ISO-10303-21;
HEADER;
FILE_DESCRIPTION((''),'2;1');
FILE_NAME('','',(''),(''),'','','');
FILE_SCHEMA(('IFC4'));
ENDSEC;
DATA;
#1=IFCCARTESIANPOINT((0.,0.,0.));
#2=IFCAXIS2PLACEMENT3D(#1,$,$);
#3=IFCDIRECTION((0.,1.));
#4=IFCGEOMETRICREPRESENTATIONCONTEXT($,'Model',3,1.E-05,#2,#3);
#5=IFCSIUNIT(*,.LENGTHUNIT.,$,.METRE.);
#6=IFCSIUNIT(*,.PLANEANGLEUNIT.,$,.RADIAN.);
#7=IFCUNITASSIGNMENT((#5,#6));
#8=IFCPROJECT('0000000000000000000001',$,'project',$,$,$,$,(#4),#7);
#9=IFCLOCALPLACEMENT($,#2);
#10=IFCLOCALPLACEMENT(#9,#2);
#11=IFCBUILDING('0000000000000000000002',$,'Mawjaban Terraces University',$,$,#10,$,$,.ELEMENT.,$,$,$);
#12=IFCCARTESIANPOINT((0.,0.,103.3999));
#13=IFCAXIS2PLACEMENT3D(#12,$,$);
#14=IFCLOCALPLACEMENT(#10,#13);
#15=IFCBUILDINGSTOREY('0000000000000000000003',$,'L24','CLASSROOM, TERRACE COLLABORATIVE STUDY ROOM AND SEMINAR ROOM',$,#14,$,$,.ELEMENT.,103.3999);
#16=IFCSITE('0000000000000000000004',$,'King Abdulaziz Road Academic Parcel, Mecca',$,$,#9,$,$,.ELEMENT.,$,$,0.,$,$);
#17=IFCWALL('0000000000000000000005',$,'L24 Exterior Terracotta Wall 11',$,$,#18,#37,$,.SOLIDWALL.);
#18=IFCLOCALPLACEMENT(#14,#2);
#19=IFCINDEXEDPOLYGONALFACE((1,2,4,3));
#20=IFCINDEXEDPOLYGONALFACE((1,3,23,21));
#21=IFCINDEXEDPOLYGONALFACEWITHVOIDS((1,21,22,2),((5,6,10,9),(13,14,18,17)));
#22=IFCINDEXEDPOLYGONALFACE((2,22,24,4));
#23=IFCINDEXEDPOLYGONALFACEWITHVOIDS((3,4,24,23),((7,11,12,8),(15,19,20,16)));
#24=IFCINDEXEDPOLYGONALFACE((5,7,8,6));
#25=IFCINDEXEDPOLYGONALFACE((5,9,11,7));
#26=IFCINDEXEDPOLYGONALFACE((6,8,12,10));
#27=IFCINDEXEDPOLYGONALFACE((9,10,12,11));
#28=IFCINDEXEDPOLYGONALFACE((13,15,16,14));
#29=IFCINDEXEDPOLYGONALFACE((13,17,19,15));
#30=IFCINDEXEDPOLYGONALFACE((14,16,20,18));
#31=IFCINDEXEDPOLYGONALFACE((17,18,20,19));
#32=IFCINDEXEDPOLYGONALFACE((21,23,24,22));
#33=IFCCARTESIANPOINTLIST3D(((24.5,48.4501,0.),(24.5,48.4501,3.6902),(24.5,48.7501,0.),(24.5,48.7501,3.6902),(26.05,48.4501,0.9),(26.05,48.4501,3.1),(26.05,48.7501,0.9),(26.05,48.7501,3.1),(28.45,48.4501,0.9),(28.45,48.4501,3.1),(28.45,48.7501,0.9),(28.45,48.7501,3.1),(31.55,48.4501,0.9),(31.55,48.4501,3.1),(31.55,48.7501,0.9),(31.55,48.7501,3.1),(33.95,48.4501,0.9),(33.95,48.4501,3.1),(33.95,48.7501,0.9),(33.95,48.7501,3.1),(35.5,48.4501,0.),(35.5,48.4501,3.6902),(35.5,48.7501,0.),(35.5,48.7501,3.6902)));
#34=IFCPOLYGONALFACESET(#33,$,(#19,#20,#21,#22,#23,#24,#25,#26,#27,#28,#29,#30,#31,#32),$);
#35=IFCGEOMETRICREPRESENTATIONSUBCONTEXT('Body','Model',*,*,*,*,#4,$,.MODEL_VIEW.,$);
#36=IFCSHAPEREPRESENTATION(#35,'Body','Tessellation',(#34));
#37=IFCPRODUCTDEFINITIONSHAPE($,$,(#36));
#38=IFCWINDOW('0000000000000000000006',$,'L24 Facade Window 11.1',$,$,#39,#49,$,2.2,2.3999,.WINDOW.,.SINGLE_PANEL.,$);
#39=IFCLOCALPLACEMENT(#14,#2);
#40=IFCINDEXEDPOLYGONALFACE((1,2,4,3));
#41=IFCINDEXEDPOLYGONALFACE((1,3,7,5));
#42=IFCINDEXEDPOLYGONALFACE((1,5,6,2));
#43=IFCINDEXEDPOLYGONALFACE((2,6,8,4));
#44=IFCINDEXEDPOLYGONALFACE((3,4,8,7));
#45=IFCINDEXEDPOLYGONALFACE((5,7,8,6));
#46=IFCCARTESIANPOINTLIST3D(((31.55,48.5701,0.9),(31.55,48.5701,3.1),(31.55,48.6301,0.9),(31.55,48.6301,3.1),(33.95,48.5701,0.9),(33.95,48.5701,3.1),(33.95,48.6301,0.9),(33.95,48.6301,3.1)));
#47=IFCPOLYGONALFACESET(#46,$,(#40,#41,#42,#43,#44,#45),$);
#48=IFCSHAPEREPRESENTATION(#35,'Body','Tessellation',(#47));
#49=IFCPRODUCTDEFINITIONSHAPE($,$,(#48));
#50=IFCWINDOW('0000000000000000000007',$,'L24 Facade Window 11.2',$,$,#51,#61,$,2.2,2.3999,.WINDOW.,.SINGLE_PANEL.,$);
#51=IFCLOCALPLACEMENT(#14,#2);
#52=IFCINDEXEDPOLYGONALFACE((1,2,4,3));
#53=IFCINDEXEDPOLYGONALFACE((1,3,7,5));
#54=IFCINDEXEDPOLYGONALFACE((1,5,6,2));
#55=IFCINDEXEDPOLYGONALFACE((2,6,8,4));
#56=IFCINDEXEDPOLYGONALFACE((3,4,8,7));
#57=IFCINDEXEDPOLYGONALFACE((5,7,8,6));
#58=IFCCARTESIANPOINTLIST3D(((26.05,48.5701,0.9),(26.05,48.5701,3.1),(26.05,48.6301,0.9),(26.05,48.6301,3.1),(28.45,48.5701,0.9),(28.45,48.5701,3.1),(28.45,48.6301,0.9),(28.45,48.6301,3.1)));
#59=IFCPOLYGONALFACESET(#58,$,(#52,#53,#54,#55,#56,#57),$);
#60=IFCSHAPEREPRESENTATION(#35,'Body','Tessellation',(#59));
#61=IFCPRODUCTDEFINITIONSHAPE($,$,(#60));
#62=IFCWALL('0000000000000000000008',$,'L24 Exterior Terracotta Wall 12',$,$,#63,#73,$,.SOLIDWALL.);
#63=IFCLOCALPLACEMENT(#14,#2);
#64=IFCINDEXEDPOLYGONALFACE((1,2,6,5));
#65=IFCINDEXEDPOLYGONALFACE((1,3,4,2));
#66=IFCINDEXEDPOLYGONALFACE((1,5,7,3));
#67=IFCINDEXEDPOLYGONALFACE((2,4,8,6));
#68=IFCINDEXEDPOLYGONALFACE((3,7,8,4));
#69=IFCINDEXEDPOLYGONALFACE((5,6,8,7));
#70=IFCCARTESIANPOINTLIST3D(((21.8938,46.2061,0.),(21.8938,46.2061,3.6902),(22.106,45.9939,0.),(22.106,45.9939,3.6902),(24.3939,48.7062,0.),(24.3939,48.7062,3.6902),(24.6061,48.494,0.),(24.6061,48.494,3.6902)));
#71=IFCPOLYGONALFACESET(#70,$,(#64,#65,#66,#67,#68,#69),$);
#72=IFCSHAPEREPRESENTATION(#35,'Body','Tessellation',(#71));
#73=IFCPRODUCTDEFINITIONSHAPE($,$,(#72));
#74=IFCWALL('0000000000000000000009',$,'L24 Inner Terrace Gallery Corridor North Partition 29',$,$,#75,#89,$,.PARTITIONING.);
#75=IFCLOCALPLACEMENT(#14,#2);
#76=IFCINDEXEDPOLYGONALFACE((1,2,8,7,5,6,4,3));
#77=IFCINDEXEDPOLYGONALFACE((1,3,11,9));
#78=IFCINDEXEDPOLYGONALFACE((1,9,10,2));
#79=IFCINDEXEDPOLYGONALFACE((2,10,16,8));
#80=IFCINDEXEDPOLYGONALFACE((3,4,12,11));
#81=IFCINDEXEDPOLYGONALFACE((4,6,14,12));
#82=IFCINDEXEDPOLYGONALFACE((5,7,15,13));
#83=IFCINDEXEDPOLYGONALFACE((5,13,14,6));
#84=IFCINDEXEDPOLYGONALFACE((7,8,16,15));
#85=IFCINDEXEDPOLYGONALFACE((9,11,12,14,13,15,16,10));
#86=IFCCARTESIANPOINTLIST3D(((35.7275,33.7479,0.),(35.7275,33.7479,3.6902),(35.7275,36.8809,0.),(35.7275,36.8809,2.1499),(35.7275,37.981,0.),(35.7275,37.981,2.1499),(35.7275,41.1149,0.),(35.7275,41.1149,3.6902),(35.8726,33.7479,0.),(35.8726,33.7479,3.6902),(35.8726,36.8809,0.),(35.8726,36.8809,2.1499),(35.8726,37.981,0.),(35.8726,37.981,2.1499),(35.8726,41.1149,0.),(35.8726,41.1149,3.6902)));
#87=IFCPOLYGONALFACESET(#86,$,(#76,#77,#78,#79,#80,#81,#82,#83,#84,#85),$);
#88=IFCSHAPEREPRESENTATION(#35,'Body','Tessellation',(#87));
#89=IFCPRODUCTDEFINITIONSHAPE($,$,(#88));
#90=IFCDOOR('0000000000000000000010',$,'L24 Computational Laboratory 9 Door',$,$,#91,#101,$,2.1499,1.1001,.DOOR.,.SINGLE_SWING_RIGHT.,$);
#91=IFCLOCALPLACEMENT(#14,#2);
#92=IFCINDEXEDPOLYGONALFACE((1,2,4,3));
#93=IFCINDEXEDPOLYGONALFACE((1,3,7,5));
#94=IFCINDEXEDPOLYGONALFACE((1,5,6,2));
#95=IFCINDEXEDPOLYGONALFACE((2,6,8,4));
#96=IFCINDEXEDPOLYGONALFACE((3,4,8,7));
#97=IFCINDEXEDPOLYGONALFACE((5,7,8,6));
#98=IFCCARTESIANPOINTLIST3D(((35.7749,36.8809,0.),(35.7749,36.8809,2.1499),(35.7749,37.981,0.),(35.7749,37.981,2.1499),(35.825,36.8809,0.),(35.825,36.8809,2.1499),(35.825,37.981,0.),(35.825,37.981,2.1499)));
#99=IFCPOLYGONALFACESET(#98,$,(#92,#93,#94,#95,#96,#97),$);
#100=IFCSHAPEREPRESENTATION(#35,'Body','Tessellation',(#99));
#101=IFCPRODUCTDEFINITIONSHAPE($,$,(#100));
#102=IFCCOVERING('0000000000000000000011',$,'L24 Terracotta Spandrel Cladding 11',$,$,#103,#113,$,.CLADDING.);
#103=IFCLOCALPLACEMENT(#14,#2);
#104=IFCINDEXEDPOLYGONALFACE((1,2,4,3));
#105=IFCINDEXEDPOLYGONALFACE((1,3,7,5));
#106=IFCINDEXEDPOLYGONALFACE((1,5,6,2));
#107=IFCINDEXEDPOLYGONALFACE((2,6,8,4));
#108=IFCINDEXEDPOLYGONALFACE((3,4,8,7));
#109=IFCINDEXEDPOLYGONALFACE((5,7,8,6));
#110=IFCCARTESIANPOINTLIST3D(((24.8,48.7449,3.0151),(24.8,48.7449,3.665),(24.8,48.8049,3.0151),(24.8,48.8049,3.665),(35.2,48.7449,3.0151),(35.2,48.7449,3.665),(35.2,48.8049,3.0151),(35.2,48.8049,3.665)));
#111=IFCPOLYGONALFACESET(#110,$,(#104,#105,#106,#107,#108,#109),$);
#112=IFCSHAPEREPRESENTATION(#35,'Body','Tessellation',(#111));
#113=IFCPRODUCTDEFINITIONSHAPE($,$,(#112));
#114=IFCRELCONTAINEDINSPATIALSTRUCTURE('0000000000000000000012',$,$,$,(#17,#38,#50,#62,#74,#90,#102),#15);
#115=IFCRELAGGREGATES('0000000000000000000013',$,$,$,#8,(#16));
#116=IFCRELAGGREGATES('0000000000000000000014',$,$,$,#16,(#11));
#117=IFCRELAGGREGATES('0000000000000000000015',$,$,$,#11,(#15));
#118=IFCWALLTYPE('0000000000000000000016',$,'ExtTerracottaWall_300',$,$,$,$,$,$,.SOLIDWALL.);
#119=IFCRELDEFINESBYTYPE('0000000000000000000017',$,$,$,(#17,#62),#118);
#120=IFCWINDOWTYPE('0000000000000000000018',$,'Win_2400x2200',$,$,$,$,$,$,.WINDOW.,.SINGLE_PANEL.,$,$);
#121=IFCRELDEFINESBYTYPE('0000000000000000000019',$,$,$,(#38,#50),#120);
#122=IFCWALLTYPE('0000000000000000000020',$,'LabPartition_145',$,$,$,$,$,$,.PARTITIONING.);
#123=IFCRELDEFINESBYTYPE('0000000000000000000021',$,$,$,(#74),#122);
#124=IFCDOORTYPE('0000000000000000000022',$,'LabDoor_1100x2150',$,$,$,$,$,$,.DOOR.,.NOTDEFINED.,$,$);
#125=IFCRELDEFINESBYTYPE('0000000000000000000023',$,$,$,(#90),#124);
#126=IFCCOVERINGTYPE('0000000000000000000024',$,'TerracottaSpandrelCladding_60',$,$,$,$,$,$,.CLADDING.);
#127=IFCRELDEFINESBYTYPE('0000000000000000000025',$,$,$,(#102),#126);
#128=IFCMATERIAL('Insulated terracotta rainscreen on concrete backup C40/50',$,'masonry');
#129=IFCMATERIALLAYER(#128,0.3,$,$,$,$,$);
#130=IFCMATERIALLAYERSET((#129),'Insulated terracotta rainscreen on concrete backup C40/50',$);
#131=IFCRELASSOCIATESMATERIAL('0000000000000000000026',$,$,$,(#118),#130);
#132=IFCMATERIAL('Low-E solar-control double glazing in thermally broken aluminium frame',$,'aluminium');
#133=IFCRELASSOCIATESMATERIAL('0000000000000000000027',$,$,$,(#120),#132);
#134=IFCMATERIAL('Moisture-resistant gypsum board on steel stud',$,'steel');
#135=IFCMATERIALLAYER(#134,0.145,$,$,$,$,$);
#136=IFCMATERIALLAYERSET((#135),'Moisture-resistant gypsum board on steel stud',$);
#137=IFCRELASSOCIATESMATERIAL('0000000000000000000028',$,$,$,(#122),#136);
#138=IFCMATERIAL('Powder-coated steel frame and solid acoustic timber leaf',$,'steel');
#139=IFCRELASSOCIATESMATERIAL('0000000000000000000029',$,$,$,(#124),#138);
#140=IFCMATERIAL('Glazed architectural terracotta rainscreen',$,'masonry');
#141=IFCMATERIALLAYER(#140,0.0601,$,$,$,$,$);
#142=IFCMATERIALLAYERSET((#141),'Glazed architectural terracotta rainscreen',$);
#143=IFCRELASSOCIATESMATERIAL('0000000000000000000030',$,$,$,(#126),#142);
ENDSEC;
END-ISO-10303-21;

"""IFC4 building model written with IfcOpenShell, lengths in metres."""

from ifc_helpers import new_model, si_unit, direction, frame, frame_2d, origin, origin_2d, place, context, subcontext, project, spatial, rectangle, extrude, material, layer, layer_set, type_object, element, fill, save


model = new_model("IFC4")

# Units and contexts
model_context = context("Model", 3, precision=1e-05, world=origin(), true_north=direction((0.0, 1.0)))
body_context = subcontext(model_context, "Body", "Model", "MODEL_VIEW")
ifc_project = project(units=[si_unit("LENGTHUNIT", "METRE"), si_unit("PLANEANGLEUNIT", "RADIAN")], contexts=[model_context])

# Site, building, storey
site_placement = place(None, origin())
site = spatial("IfcSite", under=ifc_project, at=site_placement, Name="King Abdulaziz Road Academic Parcel, Mecca", CompositionType="ELEMENT", RefElevation=0.0)
building_placement = place(site_placement, origin())
building = spatial("IfcBuilding", under=site, at=building_placement, Name="Mawjaban Terraces University", CompositionType="ELEMENT")
storey_placement = place(building_placement, frame((0.0, 0.0, 103.3999)))
storey = spatial("IfcBuildingStorey", under=building, at=storey_placement, Name="L24", Description="CLASSROOM, TERRACE COLLABORATIVE STUDY ROOM AND SEMINAR ROOM", CompositionType="ELEMENT", Elevation=103.3999)

# Shared definitions
ifc_material_1 = material(Name="Powder-coated steel frame and solid acoustic timber leaf", Category="steel")

# Wall, openings, windows
ifc_material_2 = material(Name="Insulated terracotta rainscreen on concrete backup C40/50", Category="masonry")
ifc_layer_1 = layer(ifc_material_2, 0.3)
ifc_layer_set_1 = layer_set([ifc_layer_1], Name="Insulated terracotta rainscreen on concrete backup C40/50")
wall_type_1 = type_object("IfcWallType", Name="ExtTerracottaWall_300", PredefinedType="SOLIDWALL", material=ifc_layer_set_1)
wall_1_placement = place(storey_placement, frame((35.5, 48.6001, 0.0), z_axis=(0.0, 0.0, 1.0), x_axis=(-1.0, 0.0, 0.0)))
wall_1 = element("IfcWall", 1, at=wall_1_placement, inside=storey, type_object=wall_type_1, Name="L24 Exterior Terracotta Wall 11", PredefinedType="SOLIDWALL", context=body_context, shape_type="SweptSolid", body=[
    extrude(rectangle(XDim=11.0, YDim=0.3, at=frame_2d((5.5, 0.0))), origin(), (0.0, 0.0, 1.0), 3.6902),
])
opening_1_placement = place(wall_1_placement, frame((1.55, 0.0, 0.8999)))
opening_1 = element("IfcOpeningElement", 2, at=opening_1_placement, cuts=wall_1, PredefinedType="OPENING", context=body_context, shape_type="SweptSolid", body=[
    extrude(rectangle(XDim=2.3999, YDim=2.2, at=frame_2d((1.2, 1.1001))), frame((0.0, 0.1599, 0.0), z_axis=(0.0, -1.0, 0.0), x_axis=(1.0, 0.0, 0.0)), (0.0, 0.0, 1.0), 0.3201),
])
opening_2_placement = place(wall_1_placement, frame((7.05, 0.0, 0.8999)))
opening_2 = element("IfcOpeningElement", 3, at=opening_2_placement, cuts=wall_1, PredefinedType="OPENING", context=body_context, shape_type="SweptSolid", body=[
    extrude(rectangle(XDim=2.3999, YDim=2.2, at=frame_2d((1.2, 1.1001))), frame((0.0, 0.1599, 0.0), z_axis=(0.0, -1.0, 0.0), x_axis=(1.0, 0.0, 0.0)), (0.0, 0.0, 1.0), 0.3201),
])
ifc_material_3 = material(Name="Low-E solar-control double glazing in thermally broken aluminium frame", Category="aluminium")
window_type = type_object("IfcWindowType", Name="Win_2400x2200", PartitioningType="SINGLE_PANEL", PredefinedType="WINDOW", material=ifc_material_3)
window_1_placement = place(opening_1_placement, origin())
window_1 = element("IfcWindow", 4, at=window_1_placement, inside=storey, type_object=window_type, Name="L24 Facade Window 11.1", OverallHeight=2.2, OverallWidth=2.3999, PartitioningType="SINGLE_PANEL", PredefinedType="WINDOW", context=body_context, shape_type="SweptSolid", body=[
    extrude(rectangle(XDim=2.3999, YDim=2.2, at=frame_2d((1.2, 1.1001))), frame((0.0, 0.03, 0.0), z_axis=(0.0, -1.0, 0.0), x_axis=(1.0, 0.0, 0.0)), (0.0, 0.0, 1.0), 0.0601),
])
fill(opening_1, window_1)
window_2_placement = place(opening_2_placement, origin())
window_2 = element("IfcWindow", 5, at=window_2_placement, inside=storey, type_object=window_type, Name="L24 Facade Window 11.2", OverallHeight=2.2, OverallWidth=2.3999, PartitioningType="SINGLE_PANEL", PredefinedType="WINDOW", context=body_context, shape_type="SweptSolid", body=[
    extrude(rectangle(XDim=2.3999, YDim=2.2, at=frame_2d((1.2, 1.1001))), frame((0.0, 0.03, 0.0), z_axis=(0.0, -1.0, 0.0), x_axis=(1.0, 0.0, 0.0)), (0.0, 0.0, 1.0), 0.0601),
])
fill(opening_2, window_2)

# Wall
wall_2_placement = place(storey_placement, frame((24.5, 48.6001, 0.0), z_axis=(0.0, 0.0, 1.0), x_axis=(-0.707107, -0.707107, 0.0)))
element("IfcWall", 6, at=wall_2_placement, inside=storey, type_object=wall_type_1, Name="L24 Exterior Terracotta Wall 12", PredefinedType="SOLIDWALL", context=body_context, shape_type="SweptSolid", body=[
    extrude(rectangle(XDim=3.5356, YDim=0.3, at=frame_2d((1.7678, 0.0))), origin(), (0.0, 0.0, 1.0), 3.6902),
])

# Wall, opening, door
ifc_material_4 = material(Name="Moisture-resistant gypsum board on steel stud", Category="steel")
ifc_layer_2 = layer(ifc_material_4, 0.145)
ifc_layer_set_2 = layer_set([ifc_layer_2], Name="Moisture-resistant gypsum board on steel stud")
wall_type_2 = type_object("IfcWallType", Name="LabPartition_145", PredefinedType="PARTITIONING", material=ifc_layer_set_2)
wall_3_placement = place(storey_placement, frame((35.8, 41.115, 0.0), z_axis=(0.0, 0.0, 1.0), x_axis=(0.0, -1.0, 0.0)))
wall_3 = element("IfcWall", 7, at=wall_3_placement, inside=storey, type_object=wall_type_2, Name="L24 Inner Terrace Gallery Corridor North Partition 29", PredefinedType="PARTITIONING", context=body_context, shape_type="SweptSolid", body=[
    extrude(rectangle(XDim=7.3669, YDim=0.145, at=frame_2d((3.6836, 0.0))), origin(), (0.0, 0.0, 1.0), 3.6902),
])
opening_3_placement = place(wall_3_placement, frame((3.134, 0.0, 0.0)))
opening_3 = element("IfcOpeningElement", 8, at=opening_3_placement, cuts=wall_3, PredefinedType="OPENING", context=body_context, shape_type="SweptSolid", body=[
    extrude(rectangle(XDim=1.1001, YDim=2.1499, at=frame_2d((0.55, 1.075))), frame((0.0, 0.0825, 0.0), z_axis=(0.0, -1.0, 0.0), x_axis=(1.0, 0.0, 0.0)), (0.0, 0.0, 1.0), 0.165),
])
door_type_1 = type_object("IfcDoorType", Name="LabDoor_1100x2150", OperationType="NOTDEFINED", PredefinedType="DOOR", material=ifc_material_1)
door_1_placement = place(opening_3_placement, origin())
door_1 = element("IfcDoor", 9, at=door_1_placement, inside=storey, type_object=door_type_1, Name="L24 Computational Laboratory 9 Door", OperationType="SINGLE_SWING_RIGHT", OverallHeight=2.1499, OverallWidth=1.1001, PredefinedType="DOOR", context=body_context, shape_type="SweptSolid", body=[
    extrude(rectangle(XDim=1.1001, YDim=2.1499, at=frame_2d((0.55, 1.075))), frame((0.0, 0.0249, 0.0), z_axis=(0.0, -1.0, 0.0), x_axis=(1.0, 0.0, 0.0)), (0.0, 0.0, 1.0), 0.05),
])
fill(opening_3, door_1)

# Covering
ifc_material_5 = material(Name="Glazed architectural terracotta rainscreen", Category="masonry")
ifc_layer_3 = layer(ifc_material_5, 0.0601)
ifc_layer_set_3 = layer_set([ifc_layer_3], Name="Glazed architectural terracotta rainscreen")
covering_type = type_object("IfcCoveringType", Name="TerracottaSpandrelCladding_60", PredefinedType="CLADDING", material=ifc_layer_set_3)
covering_placement = place(storey_placement, frame((30.0, 48.7749, 3.0151), z_axis=(0.0, 0.0, 1.0), x_axis=(-1.0, 0.0, 0.0)))
element("IfcCovering", 10, at=covering_placement, inside=storey, type_object=covering_type, Name="L24 Terracotta Spandrel Cladding 11", PredefinedType="CLADDING", context=body_context, shape_type="SweptSolid", body=[
    extrude(rectangle(XDim=10.3999, YDim=0.0601, at=origin_2d()), origin(), (0.0, 0.0, 1.0), 0.6499),
])

save(model, "model.ifc")
